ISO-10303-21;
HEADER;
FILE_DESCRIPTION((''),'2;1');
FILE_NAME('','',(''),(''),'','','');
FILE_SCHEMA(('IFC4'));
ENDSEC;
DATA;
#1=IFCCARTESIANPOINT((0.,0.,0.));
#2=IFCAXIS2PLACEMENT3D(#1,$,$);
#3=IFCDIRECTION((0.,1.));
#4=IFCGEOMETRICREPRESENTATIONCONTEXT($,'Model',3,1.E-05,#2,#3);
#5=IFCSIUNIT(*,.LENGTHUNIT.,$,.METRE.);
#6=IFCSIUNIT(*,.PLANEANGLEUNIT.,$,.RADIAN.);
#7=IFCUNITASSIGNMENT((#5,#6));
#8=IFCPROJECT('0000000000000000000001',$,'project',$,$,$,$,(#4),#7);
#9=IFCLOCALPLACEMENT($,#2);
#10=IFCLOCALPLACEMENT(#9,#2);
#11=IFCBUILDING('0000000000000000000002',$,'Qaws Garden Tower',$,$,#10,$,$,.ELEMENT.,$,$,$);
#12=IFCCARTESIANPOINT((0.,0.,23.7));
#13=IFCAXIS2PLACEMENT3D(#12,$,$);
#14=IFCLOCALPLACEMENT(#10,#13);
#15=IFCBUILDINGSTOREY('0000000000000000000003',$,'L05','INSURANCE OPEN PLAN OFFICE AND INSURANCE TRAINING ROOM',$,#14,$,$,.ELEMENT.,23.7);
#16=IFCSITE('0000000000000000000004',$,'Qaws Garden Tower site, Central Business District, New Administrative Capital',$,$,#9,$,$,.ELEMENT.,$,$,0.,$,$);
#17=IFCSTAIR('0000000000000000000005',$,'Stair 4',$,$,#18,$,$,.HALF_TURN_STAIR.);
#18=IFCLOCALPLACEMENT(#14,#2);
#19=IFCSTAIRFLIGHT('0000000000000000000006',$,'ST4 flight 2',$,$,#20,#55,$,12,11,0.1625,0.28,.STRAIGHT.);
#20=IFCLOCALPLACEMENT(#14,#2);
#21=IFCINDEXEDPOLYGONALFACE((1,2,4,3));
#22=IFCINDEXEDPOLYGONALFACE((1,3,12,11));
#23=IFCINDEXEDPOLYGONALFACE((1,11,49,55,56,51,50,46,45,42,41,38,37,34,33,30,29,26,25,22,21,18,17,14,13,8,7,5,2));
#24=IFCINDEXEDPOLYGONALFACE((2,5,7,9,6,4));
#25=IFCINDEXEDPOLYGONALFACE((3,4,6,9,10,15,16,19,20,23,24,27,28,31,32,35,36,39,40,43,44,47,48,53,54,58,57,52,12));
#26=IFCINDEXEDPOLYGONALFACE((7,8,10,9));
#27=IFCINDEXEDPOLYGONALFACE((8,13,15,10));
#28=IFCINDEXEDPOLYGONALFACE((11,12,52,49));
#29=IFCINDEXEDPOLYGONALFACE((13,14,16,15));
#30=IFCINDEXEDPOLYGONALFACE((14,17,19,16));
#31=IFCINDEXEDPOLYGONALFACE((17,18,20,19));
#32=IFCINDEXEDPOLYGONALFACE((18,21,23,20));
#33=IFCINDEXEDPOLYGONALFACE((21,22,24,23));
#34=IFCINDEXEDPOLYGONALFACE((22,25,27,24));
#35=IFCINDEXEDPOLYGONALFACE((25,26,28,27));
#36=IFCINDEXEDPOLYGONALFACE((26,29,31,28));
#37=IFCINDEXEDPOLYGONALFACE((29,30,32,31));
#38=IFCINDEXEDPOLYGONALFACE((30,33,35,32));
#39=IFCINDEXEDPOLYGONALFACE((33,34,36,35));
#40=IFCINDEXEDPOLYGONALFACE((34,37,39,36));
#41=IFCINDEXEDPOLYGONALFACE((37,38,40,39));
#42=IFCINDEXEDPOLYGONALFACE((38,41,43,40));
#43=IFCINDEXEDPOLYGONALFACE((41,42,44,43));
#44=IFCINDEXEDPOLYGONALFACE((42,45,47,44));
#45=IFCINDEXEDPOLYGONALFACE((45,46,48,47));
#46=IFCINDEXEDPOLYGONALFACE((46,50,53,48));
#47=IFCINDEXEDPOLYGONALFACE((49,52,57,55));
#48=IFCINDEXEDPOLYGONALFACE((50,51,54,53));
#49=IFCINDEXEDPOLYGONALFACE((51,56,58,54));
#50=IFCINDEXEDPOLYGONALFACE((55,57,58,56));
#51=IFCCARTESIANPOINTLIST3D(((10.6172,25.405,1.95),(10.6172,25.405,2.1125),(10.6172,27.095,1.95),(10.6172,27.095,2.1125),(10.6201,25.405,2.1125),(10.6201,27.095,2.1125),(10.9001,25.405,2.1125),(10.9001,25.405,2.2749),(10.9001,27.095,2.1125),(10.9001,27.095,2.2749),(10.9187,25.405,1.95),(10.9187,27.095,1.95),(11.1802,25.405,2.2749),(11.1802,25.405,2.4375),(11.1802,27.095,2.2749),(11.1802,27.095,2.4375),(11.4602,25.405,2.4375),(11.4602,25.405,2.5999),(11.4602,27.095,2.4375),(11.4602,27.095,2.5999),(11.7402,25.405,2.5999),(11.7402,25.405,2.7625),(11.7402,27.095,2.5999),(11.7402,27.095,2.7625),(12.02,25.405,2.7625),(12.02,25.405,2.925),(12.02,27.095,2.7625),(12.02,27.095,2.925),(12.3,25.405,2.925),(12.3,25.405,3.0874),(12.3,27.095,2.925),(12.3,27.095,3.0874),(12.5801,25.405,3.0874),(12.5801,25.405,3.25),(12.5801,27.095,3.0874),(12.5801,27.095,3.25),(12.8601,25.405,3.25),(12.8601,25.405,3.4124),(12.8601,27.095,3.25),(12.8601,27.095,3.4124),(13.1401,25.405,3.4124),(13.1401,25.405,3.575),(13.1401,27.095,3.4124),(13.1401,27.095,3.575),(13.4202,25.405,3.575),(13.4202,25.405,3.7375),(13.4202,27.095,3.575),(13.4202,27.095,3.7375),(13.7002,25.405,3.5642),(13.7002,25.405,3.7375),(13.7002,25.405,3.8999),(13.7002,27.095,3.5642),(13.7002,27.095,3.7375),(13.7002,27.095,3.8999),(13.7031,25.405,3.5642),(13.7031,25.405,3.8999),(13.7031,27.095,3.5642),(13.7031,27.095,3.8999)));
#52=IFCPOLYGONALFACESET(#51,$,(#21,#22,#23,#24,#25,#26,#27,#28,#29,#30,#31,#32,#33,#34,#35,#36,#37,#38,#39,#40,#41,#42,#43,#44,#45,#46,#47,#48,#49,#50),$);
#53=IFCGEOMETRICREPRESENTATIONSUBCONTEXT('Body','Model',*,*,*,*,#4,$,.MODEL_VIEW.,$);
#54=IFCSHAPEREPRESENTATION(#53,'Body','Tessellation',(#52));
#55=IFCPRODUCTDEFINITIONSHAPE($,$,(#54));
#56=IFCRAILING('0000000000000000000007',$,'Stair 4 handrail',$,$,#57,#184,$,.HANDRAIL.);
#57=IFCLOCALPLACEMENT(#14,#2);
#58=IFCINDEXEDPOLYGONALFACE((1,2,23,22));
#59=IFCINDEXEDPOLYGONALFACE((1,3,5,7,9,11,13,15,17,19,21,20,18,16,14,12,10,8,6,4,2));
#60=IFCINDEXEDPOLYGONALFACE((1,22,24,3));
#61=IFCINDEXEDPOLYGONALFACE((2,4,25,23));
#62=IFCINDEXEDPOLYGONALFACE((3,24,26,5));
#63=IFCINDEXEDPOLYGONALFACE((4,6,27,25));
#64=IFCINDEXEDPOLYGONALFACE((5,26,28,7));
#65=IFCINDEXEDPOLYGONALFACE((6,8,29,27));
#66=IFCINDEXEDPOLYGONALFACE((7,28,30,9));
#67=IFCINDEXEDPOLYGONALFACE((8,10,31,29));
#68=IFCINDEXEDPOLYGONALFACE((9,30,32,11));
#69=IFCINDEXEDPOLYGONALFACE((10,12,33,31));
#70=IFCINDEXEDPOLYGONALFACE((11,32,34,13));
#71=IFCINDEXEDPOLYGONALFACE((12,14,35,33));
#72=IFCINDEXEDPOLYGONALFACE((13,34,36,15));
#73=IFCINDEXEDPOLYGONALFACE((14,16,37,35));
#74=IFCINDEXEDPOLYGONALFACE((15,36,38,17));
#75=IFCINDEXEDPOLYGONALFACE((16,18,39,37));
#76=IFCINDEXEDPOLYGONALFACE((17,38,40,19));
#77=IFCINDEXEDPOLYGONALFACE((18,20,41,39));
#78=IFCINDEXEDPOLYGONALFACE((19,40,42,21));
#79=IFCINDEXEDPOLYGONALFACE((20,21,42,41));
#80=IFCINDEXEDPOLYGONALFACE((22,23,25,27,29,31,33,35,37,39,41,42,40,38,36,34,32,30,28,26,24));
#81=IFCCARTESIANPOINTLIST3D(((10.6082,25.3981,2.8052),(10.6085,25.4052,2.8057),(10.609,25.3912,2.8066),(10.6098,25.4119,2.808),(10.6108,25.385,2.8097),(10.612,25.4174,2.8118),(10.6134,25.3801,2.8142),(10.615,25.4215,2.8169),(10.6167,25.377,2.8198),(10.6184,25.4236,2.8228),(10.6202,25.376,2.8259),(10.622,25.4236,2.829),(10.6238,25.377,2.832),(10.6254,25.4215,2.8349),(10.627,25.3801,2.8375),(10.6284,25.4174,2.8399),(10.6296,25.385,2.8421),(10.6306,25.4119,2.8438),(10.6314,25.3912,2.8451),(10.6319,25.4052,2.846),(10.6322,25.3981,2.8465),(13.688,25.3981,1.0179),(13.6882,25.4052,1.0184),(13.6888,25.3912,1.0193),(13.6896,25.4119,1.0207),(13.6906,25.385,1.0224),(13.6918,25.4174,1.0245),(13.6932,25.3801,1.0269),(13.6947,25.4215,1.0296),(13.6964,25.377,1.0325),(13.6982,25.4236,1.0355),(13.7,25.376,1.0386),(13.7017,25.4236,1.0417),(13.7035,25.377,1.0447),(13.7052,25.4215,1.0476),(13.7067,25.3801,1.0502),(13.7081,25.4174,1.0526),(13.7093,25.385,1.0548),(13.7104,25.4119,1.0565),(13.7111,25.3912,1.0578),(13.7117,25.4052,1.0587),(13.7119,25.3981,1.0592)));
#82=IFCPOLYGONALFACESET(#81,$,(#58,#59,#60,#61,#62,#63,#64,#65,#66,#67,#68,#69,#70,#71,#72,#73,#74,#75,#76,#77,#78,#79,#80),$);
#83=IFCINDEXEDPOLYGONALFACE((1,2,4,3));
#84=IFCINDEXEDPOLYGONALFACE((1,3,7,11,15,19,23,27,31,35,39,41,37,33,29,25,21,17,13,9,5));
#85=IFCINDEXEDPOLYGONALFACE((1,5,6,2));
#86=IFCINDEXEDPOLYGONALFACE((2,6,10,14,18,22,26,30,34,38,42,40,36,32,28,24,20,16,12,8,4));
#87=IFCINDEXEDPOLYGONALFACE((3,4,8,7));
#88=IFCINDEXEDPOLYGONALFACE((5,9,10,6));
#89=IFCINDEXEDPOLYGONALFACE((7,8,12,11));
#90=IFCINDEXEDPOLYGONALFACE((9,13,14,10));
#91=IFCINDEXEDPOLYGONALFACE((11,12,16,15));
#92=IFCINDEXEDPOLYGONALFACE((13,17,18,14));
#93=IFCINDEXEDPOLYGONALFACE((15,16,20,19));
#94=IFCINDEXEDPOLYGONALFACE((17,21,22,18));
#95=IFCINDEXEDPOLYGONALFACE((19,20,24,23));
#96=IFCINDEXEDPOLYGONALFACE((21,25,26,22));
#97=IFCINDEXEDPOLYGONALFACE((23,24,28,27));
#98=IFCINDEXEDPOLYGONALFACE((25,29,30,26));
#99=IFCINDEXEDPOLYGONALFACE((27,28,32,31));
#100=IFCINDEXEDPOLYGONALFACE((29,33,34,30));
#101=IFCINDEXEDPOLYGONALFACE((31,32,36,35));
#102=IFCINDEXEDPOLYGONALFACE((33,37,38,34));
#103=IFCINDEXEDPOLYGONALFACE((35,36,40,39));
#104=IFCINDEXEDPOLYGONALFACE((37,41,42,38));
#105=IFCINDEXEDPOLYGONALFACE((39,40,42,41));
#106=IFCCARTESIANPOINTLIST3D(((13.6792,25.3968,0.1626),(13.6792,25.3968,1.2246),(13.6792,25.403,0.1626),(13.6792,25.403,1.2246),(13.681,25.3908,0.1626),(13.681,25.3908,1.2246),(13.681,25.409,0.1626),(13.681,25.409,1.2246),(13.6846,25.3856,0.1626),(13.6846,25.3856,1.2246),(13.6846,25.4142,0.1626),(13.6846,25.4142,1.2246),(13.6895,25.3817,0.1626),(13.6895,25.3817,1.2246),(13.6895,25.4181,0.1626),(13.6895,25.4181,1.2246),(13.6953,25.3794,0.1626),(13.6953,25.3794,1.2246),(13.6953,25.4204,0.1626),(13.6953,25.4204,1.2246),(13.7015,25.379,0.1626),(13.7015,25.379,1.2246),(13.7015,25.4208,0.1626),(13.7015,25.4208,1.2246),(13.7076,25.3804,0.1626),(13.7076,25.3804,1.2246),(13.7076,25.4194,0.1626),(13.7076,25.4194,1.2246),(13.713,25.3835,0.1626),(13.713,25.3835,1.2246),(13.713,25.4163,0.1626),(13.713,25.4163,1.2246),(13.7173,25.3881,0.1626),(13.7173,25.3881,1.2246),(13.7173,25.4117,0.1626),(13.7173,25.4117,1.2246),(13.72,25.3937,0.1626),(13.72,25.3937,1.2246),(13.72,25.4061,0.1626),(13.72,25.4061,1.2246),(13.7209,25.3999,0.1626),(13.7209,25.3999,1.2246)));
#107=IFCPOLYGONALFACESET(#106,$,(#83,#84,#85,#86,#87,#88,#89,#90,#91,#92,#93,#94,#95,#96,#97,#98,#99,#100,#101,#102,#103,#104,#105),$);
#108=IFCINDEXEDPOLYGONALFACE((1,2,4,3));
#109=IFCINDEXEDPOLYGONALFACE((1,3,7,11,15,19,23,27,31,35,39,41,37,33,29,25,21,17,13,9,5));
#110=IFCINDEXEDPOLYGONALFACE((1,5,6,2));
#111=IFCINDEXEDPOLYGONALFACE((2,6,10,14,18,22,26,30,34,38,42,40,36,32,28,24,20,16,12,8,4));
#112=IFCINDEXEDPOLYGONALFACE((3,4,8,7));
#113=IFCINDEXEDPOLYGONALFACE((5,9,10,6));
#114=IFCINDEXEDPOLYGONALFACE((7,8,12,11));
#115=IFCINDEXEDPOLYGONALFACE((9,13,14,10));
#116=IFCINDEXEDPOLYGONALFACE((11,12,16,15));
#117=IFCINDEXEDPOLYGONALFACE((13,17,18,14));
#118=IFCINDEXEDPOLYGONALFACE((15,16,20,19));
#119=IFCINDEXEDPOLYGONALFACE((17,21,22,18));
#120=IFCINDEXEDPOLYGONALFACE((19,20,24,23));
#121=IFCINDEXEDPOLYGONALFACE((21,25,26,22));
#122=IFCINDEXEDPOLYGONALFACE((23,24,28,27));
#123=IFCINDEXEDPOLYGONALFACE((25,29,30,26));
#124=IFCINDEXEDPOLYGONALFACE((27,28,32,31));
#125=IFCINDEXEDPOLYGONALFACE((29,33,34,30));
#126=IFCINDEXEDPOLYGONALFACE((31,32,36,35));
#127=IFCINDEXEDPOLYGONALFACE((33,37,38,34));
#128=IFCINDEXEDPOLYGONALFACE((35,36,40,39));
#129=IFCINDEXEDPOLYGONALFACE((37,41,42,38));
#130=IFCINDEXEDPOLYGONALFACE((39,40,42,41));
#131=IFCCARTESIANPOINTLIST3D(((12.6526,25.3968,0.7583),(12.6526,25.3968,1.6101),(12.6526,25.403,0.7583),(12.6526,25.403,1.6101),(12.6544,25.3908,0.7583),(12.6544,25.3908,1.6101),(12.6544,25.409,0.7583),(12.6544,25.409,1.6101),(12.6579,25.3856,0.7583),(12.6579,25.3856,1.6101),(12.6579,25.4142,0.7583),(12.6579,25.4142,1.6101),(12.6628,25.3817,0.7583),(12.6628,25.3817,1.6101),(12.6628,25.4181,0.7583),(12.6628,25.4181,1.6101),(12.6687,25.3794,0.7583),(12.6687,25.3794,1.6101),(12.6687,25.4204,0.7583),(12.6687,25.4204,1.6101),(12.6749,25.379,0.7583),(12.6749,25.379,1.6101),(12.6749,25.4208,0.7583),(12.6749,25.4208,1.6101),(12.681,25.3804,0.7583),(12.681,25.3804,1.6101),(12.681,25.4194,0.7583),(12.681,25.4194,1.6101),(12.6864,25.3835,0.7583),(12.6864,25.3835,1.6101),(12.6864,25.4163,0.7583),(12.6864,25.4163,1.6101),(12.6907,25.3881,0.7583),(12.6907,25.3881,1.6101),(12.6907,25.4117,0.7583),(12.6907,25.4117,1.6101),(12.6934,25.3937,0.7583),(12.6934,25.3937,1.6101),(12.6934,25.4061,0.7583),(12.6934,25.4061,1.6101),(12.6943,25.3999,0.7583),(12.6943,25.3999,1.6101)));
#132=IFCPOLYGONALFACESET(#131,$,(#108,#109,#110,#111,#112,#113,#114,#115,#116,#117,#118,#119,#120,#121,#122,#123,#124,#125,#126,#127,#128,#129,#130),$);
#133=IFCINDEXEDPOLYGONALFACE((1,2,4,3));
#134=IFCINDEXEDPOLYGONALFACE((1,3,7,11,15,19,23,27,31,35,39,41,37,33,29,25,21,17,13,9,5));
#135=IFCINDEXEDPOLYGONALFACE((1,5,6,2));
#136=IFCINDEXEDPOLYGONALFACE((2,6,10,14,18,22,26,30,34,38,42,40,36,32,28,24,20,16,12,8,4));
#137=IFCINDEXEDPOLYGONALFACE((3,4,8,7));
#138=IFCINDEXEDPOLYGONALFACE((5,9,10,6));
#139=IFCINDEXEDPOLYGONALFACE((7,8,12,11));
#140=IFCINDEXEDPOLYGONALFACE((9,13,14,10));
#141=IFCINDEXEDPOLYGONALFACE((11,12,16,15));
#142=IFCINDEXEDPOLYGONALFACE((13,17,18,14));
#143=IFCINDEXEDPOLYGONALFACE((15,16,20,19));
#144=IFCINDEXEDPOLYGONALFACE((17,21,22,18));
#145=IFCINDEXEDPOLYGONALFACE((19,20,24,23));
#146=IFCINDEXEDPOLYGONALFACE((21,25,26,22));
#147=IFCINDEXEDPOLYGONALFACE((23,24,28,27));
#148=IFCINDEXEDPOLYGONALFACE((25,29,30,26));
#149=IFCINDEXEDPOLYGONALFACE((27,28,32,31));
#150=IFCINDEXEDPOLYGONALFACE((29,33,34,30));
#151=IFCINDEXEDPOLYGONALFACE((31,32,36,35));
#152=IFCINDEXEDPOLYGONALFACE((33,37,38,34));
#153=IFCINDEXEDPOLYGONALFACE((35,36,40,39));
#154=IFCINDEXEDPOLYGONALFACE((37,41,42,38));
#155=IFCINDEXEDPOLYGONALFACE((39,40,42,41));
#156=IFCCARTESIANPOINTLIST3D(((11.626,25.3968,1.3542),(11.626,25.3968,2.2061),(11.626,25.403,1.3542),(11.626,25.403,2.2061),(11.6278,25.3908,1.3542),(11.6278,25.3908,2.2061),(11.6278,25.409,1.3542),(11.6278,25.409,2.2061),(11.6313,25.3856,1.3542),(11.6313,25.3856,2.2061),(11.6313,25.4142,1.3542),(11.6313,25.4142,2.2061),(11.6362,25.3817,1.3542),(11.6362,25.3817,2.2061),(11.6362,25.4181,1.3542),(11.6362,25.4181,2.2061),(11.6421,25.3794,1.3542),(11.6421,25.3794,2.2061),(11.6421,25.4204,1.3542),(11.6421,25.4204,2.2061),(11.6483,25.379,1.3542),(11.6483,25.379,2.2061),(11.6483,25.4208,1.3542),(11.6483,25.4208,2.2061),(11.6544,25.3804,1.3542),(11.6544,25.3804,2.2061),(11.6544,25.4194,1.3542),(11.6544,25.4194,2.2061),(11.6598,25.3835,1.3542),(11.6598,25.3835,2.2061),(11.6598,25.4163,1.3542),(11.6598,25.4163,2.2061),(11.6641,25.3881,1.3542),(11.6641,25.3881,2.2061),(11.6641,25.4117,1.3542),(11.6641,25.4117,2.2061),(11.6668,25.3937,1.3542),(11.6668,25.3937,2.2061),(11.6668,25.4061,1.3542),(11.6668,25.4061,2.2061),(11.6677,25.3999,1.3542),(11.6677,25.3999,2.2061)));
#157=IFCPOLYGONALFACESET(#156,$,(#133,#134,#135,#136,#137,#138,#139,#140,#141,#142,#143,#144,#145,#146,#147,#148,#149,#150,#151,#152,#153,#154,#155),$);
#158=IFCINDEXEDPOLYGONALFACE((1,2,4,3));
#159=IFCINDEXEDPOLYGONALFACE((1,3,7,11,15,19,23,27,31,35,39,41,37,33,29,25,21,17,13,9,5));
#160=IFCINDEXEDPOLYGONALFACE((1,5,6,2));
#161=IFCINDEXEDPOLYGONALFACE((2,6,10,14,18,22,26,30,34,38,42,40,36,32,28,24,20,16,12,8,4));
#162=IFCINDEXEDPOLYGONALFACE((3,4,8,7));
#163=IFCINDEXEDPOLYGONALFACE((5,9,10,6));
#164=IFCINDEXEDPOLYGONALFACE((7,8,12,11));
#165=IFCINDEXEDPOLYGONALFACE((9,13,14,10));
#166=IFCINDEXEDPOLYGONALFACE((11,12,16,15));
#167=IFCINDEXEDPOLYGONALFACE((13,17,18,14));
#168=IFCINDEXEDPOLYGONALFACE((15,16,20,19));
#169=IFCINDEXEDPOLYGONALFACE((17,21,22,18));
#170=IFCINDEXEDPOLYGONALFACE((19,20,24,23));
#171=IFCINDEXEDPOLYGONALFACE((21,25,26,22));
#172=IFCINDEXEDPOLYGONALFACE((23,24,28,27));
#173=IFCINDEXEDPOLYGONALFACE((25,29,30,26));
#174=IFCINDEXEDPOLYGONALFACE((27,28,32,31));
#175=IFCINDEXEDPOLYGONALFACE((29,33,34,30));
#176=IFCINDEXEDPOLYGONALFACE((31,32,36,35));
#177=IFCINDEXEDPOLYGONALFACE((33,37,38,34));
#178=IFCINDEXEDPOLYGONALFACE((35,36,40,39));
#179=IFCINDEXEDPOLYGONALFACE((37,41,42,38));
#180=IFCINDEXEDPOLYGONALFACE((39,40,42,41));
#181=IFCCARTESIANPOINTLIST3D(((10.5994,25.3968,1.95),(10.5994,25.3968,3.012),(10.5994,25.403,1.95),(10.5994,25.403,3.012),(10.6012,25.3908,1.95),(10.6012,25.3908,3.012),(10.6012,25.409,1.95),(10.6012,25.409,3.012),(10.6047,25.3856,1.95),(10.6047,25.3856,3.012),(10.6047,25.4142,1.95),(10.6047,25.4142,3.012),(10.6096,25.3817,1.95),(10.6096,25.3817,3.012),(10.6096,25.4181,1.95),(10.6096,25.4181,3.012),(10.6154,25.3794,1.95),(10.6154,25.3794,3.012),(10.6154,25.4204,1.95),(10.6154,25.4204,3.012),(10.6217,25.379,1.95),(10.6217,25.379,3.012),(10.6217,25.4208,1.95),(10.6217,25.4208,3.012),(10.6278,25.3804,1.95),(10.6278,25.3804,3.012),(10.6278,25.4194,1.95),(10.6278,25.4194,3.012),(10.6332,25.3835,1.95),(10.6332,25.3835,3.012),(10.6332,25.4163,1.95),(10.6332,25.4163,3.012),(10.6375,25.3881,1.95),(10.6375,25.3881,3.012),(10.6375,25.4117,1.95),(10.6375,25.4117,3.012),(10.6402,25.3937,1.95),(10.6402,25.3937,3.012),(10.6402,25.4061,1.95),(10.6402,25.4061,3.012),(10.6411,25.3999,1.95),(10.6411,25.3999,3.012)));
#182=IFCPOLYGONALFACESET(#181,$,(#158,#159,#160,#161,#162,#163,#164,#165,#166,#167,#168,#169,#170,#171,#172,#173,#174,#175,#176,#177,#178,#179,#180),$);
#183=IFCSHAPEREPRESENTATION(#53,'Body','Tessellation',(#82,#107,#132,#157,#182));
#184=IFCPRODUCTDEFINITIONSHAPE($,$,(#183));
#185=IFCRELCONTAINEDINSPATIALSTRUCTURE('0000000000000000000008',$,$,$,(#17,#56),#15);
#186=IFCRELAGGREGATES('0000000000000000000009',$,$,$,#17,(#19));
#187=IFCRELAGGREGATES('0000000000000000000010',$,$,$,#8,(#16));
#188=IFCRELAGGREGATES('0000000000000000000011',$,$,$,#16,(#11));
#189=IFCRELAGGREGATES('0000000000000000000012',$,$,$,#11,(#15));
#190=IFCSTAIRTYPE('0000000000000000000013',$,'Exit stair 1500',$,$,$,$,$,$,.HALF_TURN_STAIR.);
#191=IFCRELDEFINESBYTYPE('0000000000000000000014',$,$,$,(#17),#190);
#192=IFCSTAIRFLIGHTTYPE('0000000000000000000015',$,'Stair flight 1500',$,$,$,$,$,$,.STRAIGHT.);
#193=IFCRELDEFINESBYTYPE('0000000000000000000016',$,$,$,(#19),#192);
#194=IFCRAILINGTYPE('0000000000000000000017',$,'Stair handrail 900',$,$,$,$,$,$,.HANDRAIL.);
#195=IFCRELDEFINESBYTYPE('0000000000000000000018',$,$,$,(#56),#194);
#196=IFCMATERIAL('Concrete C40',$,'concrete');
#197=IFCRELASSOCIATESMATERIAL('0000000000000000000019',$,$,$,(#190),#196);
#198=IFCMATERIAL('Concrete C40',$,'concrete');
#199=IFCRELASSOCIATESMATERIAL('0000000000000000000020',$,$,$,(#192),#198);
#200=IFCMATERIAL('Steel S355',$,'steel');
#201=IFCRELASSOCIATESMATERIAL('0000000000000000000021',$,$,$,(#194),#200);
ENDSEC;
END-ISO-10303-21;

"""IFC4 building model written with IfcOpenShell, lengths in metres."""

from ifc_helpers import new_model, si_unit, direction, frame, origin, origin_2d, place, context, subcontext, project, spatial, polyline, circle, outline, extrude, material, type_object, element, aggregate, save


model = new_model("IFC4")

# Units and contexts
model_context = context("Model", 3, precision=1e-05, world=origin(), true_north=direction((0.0, 1.0)))
body_context = subcontext(model_context, "Body", "Model", "MODEL_VIEW")
ifc_project = project(units=[si_unit("LENGTHUNIT", "METRE"), si_unit("PLANEANGLEUNIT", "RADIAN")], contexts=[model_context])

# Site, building, storey
site_placement = place(None, origin())
site = spatial("IfcSite", under=ifc_project, at=site_placement, Name="Qaws Garden Tower site, Central Business District, New Administrative Capital", CompositionType="ELEMENT", RefElevation=0.0)
building_placement = place(site_placement, origin())
building = spatial("IfcBuilding", under=site, at=building_placement, Name="Qaws Garden Tower", CompositionType="ELEMENT")
storey_placement = place(building_placement, frame((0.0, 0.0, 23.7)))
storey = spatial("IfcBuildingStorey", under=building, at=storey_placement, Name="L05", Description="INSURANCE OPEN PLAN OFFICE AND INSURANCE TRAINING ROOM", CompositionType="ELEMENT", Elevation=23.7)

# Stair, stair flight
ifc_material_1 = material(Name="Concrete C40", Category="concrete")
stair_type = type_object("IfcStairType", Name="Exit stair 1500", PredefinedType="HALF_TURN_STAIR", material=ifc_material_1)
stair_placement = place(storey_placement, origin())
stair = element("IfcStair", 1, at=stair_placement, inside=storey, type_object=stair_type, Name="Stair 4", PredefinedType="HALF_TURN_STAIR")
ifc_material_2 = material(Name="Concrete C40", Category="concrete")
stair_flight_type = type_object("IfcStairFlightType", Name="Stair flight 1500", PredefinedType="STRAIGHT", material=ifc_material_2)
stair_flight_1_placement = place(storey_placement, frame((10.6201, 26.25, 1.95), z_axis=(0.0, 0.0, 1.0), x_axis=(1.0, 0.0, 0.0)))
stair_flight_1 = element("IfcStairFlight", 2, at=stair_flight_1_placement, type_object=stair_flight_type, Name="ST4 flight 2", NumberOfRisers=12, NumberOfTreads=11, PredefinedType="STRAIGHT", RiserHeight=0.1625, TreadLength=0.28, context=body_context, shape_type="SweptSolid", body=[
    extrude(outline(polyline([(-0.0029, 0.0), (-0.0029, 0.1626), (0.0, 0.1626), (0.28, 0.1626), (0.28, 0.325), (0.5601, 0.325), (0.5601, 0.4875), (0.8401, 0.4875), (0.8401, 0.6499), (1.1201, 0.6499), (1.1201, 0.8125), (1.3999, 0.8125), (1.3999, 0.9751), (1.6799, 0.9751), (1.6799, 1.1375), (1.96, 1.1375), (1.96, 1.3), (2.24, 1.3), (2.24, 1.4624), (2.52, 1.4624), (2.52, 1.625), (2.8, 1.625), (2.8, 1.7876), (3.0801, 1.7876), (3.0801, 1.95), (3.083, 1.95), (3.083, 1.6143), (3.0801, 1.6143), (0.2986, 0.0), (-0.0029, 0.0)])), frame((0.0, 0.845, 0.0), z_axis=(0.0, -1.0, 0.0), x_axis=(1.0, 0.0, 0.0)), (0.0, 0.0, 1.0), 1.6899),
])
aggregate(stair, [stair_flight_1])

# Railing
ifc_material_3 = material(Name="Steel S355", Category="steel")
railing_type = type_object("IfcRailingType", Name="Stair handrail 900", PredefinedType="HANDRAIL", material=ifc_material_3)
railing_1_placement = place(storey_placement, frame((13.7, 25.3999, 0.1626)))
element("IfcRailing", 3, at=railing_1_placement, inside=storey, type_object=railing_type, Name="Stair 4 handrail", PredefinedType="HANDRAIL", context=body_context, shape_type="SweptSolid", body=[
    extrude(circle(Radius=0.0239, at=origin_2d()), frame((0.0, 0.0, 0.876), z_axis=(-0.864903, 0.0, 0.501939), x_axis=(0.0, -1.0, 0.0)), (0.0, 0.0, 1.0), 3.5608),
    extrude(circle(Radius=0.021, at=origin_2d()), origin(), (0.0, 0.0, 1.0), 1.062),
    extrude(circle(Radius=0.021, at=origin_2d()), frame((-1.0266, 0.0, 0.5957)), (0.0, 0.0, 1.0), 0.8518),
    extrude(circle(Radius=0.021, at=origin_2d()), frame((-2.0532, 0.0, 1.1917)), (0.0, 0.0, 1.0), 0.8518),
    extrude(circle(Radius=0.021, at=origin_2d()), frame((-3.0798, 0.0, 1.7874)), (0.0, 0.0, 1.0), 1.062),
])

save(model, "model.ifc")
